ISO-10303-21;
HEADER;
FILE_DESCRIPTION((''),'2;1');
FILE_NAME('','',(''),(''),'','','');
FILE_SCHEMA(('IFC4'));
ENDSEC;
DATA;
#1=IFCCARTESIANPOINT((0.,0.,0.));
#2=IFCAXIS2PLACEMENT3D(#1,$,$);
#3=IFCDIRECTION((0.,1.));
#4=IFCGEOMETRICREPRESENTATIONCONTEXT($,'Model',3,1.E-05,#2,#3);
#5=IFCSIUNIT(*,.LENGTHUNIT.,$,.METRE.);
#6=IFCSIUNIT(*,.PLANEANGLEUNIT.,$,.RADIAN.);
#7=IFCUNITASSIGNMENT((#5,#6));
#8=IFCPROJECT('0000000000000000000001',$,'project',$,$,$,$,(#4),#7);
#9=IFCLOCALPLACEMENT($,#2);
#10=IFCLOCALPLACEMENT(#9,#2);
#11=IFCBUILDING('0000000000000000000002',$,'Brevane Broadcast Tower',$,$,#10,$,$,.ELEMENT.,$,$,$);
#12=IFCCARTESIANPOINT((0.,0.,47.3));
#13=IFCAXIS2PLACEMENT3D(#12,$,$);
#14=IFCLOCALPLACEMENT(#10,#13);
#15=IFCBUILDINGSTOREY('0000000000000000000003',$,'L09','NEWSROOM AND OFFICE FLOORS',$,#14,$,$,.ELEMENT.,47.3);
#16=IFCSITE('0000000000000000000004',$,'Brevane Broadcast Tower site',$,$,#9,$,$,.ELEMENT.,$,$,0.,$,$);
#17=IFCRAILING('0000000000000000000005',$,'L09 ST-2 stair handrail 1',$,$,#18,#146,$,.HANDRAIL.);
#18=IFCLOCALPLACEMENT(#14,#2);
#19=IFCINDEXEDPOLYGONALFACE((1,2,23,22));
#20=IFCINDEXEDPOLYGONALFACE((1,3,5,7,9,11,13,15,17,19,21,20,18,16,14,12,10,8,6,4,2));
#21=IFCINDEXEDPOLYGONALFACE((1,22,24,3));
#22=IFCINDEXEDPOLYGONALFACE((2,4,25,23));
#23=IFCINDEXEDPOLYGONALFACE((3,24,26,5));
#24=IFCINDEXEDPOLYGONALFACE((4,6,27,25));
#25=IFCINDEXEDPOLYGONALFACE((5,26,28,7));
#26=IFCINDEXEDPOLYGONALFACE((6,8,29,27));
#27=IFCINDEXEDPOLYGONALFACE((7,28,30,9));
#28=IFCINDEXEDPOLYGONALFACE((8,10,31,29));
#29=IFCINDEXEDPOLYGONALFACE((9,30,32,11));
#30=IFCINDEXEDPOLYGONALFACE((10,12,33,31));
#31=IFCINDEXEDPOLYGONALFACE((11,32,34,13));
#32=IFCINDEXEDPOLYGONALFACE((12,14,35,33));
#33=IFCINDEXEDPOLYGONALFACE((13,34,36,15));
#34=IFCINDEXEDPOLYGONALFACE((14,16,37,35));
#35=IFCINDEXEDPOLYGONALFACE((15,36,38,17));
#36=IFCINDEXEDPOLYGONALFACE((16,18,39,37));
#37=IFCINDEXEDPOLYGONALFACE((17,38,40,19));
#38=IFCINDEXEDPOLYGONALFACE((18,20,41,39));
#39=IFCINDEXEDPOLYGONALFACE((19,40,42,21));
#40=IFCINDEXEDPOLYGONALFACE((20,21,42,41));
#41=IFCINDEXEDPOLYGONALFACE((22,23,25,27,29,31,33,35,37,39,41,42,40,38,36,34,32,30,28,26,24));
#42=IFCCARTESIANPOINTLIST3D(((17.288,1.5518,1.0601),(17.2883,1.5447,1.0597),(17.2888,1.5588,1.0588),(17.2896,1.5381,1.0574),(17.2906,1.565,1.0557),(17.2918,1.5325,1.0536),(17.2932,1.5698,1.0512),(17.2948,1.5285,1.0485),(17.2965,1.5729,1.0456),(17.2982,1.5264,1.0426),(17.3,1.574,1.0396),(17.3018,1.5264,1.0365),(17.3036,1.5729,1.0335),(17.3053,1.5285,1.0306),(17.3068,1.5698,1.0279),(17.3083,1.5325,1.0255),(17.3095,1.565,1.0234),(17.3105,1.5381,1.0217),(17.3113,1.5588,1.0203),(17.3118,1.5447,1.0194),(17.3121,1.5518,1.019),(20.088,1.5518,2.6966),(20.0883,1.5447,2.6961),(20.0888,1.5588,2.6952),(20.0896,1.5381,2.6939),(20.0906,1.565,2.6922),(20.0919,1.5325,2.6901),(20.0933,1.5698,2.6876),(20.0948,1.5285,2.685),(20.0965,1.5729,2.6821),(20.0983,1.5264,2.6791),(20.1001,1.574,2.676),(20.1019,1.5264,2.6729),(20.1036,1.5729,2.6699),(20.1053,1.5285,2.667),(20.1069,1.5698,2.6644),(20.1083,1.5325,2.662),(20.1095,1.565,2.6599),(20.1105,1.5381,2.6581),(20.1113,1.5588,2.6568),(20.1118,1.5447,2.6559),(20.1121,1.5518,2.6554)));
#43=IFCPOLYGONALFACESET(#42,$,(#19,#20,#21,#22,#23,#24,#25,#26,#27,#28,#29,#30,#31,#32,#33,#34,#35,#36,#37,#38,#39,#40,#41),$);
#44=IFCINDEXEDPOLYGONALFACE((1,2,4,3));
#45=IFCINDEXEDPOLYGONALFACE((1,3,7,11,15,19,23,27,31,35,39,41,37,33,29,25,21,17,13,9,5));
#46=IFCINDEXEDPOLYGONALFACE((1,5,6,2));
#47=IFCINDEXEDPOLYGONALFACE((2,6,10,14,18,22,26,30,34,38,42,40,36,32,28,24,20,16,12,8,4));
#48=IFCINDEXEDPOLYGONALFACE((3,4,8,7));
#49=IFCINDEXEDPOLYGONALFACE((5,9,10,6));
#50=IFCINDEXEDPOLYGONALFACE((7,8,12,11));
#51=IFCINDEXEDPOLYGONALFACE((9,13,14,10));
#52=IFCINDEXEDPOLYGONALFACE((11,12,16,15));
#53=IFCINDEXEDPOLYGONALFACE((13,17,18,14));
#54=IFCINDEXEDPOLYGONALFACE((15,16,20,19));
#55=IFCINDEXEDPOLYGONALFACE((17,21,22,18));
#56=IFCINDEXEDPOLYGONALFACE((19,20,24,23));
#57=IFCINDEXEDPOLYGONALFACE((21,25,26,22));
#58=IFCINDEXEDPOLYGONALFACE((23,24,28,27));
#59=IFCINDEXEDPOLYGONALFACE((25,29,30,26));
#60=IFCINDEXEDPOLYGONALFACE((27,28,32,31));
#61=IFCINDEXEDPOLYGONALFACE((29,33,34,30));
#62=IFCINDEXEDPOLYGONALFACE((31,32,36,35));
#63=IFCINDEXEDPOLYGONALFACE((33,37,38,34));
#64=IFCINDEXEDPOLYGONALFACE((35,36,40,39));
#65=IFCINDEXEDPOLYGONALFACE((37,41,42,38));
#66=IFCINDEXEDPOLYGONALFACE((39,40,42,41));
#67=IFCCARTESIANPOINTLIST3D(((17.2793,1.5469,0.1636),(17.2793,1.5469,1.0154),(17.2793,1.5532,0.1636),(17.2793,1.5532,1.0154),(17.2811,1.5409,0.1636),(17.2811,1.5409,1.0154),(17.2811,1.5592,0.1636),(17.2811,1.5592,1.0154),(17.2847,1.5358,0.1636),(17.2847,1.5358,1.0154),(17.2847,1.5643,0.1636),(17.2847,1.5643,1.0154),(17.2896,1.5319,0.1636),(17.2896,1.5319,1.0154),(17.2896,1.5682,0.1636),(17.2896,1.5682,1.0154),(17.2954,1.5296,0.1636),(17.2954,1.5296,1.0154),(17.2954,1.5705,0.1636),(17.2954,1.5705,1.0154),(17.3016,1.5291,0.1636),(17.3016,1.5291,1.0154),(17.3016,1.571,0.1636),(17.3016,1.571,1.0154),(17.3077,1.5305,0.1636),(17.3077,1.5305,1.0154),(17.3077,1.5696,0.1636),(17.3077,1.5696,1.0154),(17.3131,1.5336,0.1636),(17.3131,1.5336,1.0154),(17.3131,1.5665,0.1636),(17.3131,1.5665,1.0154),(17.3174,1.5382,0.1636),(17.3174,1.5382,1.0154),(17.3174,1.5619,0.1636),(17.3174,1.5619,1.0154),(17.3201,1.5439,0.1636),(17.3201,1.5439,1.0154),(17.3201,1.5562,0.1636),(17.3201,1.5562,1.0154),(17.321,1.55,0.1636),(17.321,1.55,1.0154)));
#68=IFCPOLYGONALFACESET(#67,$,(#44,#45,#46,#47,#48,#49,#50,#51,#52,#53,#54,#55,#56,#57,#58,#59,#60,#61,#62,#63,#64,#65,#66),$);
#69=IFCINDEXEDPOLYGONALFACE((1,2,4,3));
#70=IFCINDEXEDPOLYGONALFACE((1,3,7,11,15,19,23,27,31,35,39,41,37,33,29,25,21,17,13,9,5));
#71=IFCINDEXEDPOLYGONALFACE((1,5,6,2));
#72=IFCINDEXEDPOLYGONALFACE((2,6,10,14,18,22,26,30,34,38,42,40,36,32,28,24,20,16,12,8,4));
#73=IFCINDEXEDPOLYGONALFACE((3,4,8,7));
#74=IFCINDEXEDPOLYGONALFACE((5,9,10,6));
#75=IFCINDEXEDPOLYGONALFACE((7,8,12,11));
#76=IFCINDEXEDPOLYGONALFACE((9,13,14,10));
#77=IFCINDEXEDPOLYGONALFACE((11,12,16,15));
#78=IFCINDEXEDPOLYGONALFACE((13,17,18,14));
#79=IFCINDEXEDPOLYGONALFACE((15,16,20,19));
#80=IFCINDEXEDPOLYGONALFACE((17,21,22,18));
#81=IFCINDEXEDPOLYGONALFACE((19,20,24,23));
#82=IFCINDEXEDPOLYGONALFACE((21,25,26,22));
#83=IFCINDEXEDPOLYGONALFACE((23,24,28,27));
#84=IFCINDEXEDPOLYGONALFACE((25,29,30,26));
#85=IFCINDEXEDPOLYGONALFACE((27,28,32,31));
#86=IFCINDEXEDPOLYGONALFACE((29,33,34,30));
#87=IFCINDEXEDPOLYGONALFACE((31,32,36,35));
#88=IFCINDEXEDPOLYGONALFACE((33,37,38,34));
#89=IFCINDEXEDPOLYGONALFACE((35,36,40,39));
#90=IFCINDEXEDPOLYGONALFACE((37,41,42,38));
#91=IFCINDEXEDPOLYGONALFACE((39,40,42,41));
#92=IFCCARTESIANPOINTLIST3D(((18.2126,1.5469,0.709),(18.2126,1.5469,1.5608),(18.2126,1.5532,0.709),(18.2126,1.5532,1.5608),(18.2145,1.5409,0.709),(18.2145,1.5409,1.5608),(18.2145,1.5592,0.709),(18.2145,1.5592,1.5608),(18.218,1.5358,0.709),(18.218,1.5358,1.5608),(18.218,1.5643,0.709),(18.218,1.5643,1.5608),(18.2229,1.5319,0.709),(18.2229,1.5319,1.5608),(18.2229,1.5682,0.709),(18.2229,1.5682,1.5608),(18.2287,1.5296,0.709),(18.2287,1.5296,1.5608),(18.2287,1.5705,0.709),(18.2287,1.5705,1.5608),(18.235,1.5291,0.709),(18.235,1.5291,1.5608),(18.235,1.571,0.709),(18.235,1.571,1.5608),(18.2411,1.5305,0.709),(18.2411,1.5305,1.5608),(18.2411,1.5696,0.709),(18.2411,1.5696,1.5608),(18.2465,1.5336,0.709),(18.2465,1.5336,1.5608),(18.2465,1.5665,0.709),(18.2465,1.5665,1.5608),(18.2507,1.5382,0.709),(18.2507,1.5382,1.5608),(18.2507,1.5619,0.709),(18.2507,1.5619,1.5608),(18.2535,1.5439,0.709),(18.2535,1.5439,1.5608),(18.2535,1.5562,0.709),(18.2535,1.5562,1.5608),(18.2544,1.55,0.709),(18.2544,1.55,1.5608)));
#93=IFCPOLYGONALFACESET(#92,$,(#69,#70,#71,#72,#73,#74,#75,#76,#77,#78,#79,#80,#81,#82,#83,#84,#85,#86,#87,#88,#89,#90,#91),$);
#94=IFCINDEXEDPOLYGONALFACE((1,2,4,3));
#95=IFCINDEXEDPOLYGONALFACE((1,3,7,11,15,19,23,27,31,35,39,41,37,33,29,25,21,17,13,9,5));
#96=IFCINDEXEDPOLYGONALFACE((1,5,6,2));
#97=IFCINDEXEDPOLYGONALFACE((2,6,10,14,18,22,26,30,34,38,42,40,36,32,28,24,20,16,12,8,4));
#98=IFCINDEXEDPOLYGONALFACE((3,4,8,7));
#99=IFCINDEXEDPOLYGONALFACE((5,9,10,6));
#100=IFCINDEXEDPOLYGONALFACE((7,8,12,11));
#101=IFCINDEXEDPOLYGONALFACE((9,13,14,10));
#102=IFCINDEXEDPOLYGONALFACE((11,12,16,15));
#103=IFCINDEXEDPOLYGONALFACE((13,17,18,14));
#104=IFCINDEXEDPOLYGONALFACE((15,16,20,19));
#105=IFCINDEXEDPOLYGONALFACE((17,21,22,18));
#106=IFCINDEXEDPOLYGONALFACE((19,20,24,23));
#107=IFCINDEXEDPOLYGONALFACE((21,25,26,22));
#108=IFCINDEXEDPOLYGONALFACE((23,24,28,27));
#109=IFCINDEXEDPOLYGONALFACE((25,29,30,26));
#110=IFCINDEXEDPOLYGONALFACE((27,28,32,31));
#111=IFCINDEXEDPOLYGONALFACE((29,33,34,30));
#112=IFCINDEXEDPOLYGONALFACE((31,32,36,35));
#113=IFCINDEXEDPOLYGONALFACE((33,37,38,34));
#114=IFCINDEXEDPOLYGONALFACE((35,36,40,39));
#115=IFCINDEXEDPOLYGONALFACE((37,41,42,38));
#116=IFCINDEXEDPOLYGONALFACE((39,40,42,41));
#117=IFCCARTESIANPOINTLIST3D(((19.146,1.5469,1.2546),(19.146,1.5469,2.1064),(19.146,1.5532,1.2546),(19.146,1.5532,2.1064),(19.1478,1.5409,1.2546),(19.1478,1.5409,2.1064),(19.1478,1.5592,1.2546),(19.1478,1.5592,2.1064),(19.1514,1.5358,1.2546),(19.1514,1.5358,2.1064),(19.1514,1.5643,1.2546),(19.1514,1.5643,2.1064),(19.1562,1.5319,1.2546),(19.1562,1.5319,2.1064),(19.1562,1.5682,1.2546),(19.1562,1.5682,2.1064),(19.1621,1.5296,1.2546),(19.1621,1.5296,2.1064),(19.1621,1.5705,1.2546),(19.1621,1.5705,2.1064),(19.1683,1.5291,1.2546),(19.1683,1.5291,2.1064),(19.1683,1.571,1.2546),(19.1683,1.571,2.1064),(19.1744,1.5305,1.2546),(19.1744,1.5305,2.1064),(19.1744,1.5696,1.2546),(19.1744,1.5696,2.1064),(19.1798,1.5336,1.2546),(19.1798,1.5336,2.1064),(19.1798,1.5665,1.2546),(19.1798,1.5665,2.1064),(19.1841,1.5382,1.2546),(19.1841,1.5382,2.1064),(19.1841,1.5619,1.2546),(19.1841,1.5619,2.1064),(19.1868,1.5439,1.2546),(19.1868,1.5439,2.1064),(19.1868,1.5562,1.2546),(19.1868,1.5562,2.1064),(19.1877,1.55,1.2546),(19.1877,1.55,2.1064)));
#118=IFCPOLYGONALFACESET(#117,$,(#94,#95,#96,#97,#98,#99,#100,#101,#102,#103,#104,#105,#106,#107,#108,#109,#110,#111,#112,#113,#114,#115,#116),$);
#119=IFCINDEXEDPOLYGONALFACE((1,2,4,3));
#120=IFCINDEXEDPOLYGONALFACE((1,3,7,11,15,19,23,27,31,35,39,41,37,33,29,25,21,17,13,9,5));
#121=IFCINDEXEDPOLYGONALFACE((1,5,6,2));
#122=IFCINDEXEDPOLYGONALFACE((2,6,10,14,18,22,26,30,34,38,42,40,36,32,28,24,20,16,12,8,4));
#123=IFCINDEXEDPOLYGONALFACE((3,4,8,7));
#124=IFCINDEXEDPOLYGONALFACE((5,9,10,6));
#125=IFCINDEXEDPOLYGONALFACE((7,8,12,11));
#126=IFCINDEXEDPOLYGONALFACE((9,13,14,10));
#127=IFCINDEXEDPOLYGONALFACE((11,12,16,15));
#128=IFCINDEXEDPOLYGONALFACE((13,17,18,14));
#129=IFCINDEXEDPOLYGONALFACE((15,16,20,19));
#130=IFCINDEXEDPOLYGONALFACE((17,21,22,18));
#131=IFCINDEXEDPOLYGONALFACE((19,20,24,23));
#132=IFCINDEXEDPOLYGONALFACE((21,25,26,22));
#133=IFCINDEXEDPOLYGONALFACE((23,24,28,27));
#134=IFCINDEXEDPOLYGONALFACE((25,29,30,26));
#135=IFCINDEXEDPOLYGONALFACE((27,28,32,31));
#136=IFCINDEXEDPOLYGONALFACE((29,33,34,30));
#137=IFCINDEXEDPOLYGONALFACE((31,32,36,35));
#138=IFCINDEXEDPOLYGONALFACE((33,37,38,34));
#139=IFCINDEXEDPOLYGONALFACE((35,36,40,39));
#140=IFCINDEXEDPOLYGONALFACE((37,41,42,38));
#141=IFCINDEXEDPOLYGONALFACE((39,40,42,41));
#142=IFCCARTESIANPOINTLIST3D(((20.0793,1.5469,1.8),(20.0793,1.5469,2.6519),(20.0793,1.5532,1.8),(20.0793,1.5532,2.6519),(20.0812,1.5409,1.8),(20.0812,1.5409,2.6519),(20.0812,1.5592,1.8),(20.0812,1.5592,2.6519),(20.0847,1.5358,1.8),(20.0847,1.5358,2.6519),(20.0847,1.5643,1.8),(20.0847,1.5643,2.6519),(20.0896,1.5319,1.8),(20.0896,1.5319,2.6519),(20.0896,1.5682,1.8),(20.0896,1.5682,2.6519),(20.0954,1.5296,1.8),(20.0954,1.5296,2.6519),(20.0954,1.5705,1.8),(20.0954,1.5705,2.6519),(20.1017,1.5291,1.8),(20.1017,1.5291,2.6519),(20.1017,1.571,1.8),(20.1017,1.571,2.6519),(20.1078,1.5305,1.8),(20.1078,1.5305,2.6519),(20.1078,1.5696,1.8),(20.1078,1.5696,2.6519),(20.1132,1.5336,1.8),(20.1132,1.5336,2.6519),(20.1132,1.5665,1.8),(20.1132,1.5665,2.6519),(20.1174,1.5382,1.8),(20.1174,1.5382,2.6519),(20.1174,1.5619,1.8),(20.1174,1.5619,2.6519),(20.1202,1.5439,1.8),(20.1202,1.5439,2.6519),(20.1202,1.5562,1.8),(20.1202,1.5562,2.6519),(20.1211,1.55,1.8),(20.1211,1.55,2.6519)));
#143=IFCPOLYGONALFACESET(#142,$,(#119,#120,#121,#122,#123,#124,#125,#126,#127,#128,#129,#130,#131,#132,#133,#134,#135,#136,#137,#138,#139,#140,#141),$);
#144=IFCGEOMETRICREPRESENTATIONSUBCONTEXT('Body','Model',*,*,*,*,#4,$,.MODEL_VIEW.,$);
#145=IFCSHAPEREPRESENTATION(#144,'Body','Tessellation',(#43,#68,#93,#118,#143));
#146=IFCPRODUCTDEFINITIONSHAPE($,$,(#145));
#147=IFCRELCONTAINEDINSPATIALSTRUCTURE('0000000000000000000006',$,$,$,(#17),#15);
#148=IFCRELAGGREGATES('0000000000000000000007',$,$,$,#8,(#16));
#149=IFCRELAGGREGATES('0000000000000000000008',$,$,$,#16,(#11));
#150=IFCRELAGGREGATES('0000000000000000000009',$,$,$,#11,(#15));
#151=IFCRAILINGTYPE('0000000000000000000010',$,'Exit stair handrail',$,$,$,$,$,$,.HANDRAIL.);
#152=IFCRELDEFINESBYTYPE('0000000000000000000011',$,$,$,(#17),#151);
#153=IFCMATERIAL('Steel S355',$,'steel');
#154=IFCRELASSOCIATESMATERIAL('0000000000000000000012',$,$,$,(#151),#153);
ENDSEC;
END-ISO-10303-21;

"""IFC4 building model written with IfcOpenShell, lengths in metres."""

from ifc_helpers import new_model, si_unit, direction, frame, origin, origin_2d, place, context, subcontext, project, spatial, circle, extrude, material, type_object, element, save


model = new_model("IFC4")

# Units and contexts
model_context = context("Model", 3, precision=1e-05, world=origin(), true_north=direction((0.0, 1.0)))
body_context = subcontext(model_context, "Body", "Model", "MODEL_VIEW")
ifc_project = project(units=[si_unit("LENGTHUNIT", "METRE"), si_unit("PLANEANGLEUNIT", "RADIAN")], contexts=[model_context])

# Site, building, storey
site_placement = place(None, origin())
site = spatial("IfcSite", under=ifc_project, at=site_placement, Name="Brevane Broadcast Tower site", CompositionType="ELEMENT", RefElevation=0.0)
building_placement = place(site_placement, origin())
building = spatial("IfcBuilding", under=site, at=building_placement, Name="Brevane Broadcast Tower", CompositionType="ELEMENT")
storey_placement = place(building_placement, frame((0.0, 0.0, 47.3)))
storey = spatial("IfcBuildingStorey", under=building, at=storey_placement, Name="L09", Description="NEWSROOM AND OFFICE FLOORS", CompositionType="ELEMENT", Elevation=47.3)

# Railing
ifc_material_1 = material(Name="Steel S355", Category="steel")
railing_type_1 = type_object("IfcRailingType", Name="Exit stair handrail", PredefinedType="HANDRAIL", material=ifc_material_1)
railing_1_placement = place(storey_placement, frame((17.3, 1.55, 0.1636)))
element("IfcRailing", 1, at=railing_1_placement, inside=storey, type_object=railing_type_1, Name="L09 ST-2 stair handrail 1", PredefinedType="HANDRAIL", context=body_context, shape_type="SweptSolid", body=[
    extrude(circle(Radius=0.0239, at=origin_2d()), frame((0.0, 0.0, 0.876), z_axis=(0.863361, 0.0, 0.504587), x_axis=(0.0, 1.0, 0.0)), (0.0, 0.0, 1.0), 3.2432),
    extrude(circle(Radius=0.021, at=origin_2d()), origin(), (0.0, 0.0, 1.0), 0.8518),
    extrude(circle(Radius=0.021, at=origin_2d()), frame((0.9333, 0.0, 0.5454)), (0.0, 0.0, 1.0), 0.8518),
    extrude(circle(Radius=0.021, at=origin_2d()), frame((1.8667, 0.0, 1.0911)), (0.0, 0.0, 1.0), 0.8518),
    extrude(circle(Radius=0.021, at=origin_2d()), frame((2.8, 0.0, 1.6365)), (0.0, 0.0, 1.0), 0.8518),
])

save(model, "model.ifc")
